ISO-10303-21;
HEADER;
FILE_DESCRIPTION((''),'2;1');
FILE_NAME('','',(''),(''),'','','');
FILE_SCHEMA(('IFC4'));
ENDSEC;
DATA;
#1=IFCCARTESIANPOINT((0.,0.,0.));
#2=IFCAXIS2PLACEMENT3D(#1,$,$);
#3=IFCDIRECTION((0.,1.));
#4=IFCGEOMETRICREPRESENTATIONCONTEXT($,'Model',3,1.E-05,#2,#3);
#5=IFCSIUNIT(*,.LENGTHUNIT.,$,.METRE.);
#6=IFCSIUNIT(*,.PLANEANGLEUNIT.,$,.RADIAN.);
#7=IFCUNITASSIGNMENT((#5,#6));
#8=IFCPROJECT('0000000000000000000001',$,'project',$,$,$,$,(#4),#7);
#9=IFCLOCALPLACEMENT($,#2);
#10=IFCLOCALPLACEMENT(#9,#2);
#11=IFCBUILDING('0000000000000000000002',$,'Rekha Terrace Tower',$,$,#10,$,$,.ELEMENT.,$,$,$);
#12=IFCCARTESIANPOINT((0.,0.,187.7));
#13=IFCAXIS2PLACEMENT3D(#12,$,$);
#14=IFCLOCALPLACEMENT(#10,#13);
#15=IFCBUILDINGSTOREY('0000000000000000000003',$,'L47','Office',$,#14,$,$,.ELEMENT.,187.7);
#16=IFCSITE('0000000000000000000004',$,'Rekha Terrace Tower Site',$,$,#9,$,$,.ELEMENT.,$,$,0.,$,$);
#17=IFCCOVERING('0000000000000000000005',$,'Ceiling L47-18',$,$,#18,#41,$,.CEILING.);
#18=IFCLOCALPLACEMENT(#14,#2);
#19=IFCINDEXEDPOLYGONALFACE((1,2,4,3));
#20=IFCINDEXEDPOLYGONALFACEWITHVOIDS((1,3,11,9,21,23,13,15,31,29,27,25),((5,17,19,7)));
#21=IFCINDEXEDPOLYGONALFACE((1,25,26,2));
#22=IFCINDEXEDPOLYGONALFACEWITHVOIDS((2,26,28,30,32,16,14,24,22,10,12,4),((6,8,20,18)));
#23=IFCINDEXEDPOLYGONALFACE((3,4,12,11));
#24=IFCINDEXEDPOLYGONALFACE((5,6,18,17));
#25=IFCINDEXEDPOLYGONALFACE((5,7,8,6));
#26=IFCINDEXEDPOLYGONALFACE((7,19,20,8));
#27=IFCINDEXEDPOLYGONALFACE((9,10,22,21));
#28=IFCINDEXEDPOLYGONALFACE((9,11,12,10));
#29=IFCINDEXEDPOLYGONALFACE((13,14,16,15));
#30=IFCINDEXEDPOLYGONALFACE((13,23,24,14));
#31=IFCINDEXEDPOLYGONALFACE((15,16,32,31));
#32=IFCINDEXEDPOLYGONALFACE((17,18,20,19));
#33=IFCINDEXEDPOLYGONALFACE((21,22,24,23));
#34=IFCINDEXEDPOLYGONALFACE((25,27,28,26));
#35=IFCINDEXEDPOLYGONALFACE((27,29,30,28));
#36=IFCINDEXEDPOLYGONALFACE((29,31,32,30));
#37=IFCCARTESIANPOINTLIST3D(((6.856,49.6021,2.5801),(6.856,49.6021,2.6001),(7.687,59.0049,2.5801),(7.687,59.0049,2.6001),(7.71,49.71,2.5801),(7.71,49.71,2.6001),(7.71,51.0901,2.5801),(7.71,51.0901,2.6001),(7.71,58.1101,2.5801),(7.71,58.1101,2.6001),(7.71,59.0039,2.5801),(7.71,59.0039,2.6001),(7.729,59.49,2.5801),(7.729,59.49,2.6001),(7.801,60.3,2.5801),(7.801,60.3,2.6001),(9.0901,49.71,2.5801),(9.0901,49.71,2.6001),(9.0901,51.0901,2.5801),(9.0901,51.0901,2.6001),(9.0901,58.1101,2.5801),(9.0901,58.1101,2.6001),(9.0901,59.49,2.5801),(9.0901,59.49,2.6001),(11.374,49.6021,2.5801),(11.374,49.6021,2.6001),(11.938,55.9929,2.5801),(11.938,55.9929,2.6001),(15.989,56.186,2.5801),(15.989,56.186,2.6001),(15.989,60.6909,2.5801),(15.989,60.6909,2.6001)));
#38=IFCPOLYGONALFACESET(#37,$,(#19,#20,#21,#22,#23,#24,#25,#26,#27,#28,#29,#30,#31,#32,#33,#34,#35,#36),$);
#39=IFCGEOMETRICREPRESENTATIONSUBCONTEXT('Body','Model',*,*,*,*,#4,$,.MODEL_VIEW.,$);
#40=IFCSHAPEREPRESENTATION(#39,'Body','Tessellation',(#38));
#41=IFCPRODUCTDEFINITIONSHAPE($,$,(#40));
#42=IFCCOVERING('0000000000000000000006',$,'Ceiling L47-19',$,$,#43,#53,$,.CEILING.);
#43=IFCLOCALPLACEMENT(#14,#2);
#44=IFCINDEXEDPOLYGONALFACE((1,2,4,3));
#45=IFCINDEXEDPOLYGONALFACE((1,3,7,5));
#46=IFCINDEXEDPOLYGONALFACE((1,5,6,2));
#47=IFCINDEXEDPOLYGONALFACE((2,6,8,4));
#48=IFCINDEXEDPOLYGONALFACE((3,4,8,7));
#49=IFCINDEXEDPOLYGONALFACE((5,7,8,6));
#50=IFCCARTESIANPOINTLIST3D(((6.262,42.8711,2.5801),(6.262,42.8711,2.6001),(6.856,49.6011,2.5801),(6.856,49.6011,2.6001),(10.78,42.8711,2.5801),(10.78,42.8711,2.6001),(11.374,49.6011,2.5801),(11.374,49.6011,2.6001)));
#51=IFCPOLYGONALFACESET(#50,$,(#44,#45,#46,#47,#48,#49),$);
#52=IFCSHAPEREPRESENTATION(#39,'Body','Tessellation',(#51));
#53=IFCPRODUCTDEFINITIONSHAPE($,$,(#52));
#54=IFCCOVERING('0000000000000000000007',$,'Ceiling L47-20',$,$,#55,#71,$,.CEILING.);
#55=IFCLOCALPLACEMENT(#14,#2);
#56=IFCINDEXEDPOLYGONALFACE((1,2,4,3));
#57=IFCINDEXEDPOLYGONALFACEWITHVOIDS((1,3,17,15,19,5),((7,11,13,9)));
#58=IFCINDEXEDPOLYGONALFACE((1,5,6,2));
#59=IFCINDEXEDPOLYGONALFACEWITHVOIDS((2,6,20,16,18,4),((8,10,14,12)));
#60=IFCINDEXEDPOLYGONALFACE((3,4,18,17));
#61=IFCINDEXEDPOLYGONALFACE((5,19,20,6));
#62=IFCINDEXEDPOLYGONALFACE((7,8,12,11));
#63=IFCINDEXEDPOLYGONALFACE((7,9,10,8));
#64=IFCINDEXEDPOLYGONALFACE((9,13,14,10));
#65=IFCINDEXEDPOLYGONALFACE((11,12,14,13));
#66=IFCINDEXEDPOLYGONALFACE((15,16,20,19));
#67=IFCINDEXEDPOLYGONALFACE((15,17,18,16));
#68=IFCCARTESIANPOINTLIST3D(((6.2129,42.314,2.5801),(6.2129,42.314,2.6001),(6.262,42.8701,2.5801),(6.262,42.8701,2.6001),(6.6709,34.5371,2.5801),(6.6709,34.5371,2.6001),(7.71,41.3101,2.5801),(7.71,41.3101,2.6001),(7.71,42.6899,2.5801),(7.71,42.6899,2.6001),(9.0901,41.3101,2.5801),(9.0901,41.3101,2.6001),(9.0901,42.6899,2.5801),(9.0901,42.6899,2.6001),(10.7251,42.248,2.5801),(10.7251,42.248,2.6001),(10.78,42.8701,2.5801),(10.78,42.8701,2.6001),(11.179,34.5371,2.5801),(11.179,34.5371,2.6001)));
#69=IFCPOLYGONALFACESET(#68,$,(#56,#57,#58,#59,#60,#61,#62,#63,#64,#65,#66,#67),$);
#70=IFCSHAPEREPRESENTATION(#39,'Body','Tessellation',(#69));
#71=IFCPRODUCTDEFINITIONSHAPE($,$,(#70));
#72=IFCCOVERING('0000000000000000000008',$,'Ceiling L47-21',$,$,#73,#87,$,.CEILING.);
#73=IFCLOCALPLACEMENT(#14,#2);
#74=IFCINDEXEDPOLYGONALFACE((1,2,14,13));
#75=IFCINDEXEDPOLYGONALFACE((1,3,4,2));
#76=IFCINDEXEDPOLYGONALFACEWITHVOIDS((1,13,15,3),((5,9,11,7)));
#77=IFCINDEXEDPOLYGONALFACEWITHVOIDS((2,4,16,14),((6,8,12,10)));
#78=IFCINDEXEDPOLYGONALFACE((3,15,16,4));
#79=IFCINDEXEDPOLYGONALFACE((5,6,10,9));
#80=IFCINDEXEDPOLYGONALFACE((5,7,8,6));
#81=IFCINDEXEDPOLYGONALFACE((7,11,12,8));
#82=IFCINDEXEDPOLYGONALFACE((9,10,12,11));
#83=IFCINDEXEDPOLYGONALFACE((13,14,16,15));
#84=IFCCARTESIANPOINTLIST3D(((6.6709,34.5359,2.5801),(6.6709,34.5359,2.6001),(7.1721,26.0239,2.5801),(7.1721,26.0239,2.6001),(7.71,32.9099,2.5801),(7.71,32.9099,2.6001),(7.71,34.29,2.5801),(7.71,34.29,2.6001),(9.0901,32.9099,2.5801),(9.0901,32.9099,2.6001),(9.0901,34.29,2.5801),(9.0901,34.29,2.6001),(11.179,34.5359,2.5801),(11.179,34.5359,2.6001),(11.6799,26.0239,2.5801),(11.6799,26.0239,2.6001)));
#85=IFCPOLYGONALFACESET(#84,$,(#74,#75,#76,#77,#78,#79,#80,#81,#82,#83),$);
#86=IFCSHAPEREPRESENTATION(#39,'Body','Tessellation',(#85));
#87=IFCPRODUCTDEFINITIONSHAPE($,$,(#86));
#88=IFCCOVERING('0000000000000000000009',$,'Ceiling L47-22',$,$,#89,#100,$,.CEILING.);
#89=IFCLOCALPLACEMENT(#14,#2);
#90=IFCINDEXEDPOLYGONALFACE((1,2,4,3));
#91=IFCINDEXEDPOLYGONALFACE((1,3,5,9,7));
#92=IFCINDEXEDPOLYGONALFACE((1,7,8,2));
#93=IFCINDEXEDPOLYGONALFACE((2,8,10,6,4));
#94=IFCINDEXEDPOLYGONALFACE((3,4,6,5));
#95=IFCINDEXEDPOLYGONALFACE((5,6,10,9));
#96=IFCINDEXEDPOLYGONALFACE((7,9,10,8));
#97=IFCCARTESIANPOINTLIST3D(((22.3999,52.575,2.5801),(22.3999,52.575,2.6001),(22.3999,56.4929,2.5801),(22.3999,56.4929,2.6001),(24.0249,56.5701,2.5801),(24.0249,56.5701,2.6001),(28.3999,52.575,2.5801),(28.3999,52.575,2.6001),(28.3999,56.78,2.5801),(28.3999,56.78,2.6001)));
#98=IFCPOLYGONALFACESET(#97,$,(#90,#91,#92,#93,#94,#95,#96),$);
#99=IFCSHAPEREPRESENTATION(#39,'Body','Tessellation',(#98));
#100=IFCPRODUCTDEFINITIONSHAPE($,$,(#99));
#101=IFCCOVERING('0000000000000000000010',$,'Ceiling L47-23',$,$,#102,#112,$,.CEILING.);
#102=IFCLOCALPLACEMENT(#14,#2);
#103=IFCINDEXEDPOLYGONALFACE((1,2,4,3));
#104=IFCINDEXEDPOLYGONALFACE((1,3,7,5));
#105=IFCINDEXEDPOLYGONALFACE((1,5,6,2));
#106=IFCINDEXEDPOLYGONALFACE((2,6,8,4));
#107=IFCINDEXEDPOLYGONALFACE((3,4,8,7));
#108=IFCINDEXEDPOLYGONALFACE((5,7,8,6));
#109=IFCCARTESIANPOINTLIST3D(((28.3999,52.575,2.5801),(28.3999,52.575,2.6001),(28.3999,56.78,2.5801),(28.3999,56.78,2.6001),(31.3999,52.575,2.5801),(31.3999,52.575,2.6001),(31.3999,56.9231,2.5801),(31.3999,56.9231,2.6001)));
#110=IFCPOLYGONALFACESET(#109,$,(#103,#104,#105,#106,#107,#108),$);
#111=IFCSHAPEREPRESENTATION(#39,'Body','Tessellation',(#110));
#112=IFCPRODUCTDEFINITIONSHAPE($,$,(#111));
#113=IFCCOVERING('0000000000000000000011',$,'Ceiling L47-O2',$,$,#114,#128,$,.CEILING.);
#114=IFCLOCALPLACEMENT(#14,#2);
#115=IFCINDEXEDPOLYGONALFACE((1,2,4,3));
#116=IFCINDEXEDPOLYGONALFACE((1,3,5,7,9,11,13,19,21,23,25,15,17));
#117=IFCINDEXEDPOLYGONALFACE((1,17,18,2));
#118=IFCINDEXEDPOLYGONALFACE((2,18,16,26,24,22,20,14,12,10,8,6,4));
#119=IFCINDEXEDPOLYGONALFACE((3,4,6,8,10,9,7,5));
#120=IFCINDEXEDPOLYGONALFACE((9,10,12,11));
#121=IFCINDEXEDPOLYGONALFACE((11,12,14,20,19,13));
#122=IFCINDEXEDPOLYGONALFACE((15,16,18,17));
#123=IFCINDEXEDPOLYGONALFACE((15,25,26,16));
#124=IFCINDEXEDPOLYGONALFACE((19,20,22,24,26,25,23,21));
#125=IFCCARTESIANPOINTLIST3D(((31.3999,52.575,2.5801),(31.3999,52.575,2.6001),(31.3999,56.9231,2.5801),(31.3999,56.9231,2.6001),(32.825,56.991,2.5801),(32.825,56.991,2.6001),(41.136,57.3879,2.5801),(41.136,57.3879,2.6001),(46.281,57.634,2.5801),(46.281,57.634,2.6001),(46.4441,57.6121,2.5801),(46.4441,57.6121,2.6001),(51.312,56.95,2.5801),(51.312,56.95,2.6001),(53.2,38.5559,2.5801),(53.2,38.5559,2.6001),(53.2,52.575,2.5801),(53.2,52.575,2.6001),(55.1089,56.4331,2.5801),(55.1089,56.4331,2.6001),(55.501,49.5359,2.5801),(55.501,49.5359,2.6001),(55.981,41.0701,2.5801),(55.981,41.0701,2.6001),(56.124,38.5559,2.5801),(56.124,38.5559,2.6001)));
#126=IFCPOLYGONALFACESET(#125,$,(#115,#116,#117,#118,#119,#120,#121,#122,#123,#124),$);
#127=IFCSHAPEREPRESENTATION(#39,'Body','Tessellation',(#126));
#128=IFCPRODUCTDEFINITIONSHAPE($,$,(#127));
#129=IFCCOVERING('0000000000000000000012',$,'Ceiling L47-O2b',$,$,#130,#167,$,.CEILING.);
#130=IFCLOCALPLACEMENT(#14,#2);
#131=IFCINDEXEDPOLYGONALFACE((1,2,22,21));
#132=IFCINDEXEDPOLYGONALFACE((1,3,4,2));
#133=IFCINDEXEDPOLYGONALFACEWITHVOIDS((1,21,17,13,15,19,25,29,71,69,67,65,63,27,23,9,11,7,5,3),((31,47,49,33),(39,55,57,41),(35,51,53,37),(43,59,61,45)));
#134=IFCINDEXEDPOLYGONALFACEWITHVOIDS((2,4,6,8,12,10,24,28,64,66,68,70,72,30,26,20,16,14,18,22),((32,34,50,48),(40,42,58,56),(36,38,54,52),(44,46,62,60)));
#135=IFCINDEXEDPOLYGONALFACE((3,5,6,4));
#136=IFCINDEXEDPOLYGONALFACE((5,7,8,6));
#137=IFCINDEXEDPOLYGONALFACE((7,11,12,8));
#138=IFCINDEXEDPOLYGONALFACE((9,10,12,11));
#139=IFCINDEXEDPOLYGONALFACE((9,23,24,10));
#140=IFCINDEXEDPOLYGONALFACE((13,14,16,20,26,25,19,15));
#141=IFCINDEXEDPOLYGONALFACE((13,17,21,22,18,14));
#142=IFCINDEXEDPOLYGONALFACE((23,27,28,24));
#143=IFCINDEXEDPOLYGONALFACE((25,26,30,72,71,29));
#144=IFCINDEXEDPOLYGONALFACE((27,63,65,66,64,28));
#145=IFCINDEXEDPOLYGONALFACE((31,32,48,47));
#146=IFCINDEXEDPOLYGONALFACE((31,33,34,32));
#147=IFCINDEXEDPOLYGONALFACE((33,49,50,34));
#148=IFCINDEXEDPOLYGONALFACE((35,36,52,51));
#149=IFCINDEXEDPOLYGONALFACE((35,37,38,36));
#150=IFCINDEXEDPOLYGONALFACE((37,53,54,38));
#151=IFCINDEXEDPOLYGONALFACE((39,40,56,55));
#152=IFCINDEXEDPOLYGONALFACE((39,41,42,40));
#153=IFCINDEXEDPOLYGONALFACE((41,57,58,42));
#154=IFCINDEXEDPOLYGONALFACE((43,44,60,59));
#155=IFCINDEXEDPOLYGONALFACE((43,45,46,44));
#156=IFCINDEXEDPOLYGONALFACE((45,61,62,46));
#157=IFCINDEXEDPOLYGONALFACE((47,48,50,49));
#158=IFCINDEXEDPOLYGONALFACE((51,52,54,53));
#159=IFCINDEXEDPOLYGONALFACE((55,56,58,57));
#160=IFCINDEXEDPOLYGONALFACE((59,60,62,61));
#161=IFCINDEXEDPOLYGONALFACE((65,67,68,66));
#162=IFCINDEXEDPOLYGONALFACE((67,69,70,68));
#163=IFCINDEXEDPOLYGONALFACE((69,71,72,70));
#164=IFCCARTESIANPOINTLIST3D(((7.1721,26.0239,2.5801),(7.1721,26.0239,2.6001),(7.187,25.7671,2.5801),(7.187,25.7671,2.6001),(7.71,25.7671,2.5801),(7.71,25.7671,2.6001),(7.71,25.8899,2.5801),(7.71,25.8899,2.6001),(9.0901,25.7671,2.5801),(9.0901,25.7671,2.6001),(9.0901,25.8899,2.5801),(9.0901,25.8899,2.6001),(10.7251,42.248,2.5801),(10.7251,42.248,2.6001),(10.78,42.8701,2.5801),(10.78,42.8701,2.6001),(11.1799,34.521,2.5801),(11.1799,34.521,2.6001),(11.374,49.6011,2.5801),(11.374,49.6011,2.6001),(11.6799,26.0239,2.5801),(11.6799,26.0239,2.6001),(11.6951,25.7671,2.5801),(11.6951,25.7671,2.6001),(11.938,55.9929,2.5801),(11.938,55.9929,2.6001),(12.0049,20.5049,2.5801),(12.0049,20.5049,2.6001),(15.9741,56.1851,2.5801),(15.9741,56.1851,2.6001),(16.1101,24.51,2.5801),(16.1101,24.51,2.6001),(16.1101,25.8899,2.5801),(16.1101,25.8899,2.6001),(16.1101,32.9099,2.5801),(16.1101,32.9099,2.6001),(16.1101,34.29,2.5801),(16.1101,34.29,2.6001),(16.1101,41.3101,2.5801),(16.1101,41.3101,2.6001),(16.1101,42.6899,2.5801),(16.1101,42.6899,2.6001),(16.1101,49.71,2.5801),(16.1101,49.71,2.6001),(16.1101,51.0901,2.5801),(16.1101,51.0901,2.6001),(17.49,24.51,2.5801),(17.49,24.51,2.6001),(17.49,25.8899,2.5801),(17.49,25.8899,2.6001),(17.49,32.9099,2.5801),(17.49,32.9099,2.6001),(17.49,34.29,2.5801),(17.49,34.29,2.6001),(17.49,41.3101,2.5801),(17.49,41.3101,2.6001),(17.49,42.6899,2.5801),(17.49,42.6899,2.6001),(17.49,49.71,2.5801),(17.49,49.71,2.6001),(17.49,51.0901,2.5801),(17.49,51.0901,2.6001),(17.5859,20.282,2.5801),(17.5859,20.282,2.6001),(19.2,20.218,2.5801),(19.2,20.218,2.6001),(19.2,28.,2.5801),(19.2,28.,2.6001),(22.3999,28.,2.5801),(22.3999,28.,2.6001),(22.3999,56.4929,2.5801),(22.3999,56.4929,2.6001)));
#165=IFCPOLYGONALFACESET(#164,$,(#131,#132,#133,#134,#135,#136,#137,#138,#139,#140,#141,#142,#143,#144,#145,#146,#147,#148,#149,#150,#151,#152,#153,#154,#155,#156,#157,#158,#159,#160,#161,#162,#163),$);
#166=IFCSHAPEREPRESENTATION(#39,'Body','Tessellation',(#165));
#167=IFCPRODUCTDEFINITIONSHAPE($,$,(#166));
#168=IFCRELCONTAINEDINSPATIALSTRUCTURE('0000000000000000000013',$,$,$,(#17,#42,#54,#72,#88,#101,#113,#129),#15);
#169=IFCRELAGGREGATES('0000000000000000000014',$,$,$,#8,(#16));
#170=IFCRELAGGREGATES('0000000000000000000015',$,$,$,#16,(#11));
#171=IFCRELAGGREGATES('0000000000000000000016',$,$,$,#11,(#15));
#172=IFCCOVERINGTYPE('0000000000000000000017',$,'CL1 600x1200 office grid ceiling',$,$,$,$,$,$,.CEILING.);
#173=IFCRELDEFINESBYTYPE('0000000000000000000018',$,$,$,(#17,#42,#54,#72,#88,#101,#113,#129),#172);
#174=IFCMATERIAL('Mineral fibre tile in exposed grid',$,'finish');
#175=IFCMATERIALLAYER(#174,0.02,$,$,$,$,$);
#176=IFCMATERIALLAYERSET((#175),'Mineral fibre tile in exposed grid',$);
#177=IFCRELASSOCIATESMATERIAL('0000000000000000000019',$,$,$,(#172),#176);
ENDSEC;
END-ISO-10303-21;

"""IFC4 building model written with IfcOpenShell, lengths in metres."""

from ifc_helpers import new_model, si_unit, direction, frame, origin, place, context, subcontext, project, spatial, polyline, outline, extrude, material, layer, layer_set, type_object, element, save


model = new_model("IFC4")

# Units and contexts
model_context = context("Model", 3, precision=1e-05, world=origin(), true_north=direction((0.0, 1.0)))
body_context = subcontext(model_context, "Body", "Model", "MODEL_VIEW")
ifc_project = project(units=[si_unit("LENGTHUNIT", "METRE"), si_unit("PLANEANGLEUNIT", "RADIAN")], contexts=[model_context])

# Site, building, storey
site_placement = place(None, origin())
site = spatial("IfcSite", under=ifc_project, at=site_placement, Name="Rekha Terrace Tower Site", CompositionType="ELEMENT", RefElevation=0.0)
building_placement = place(site_placement, origin())
building = spatial("IfcBuilding", under=site, at=building_placement, Name="Rekha Terrace Tower", CompositionType="ELEMENT")
storey_placement = place(building_placement, frame((0.0, 0.0, 187.7)))
storey = spatial("IfcBuildingStorey", under=building, at=storey_placement, Name="L47", Description="Office", CompositionType="ELEMENT", Elevation=187.7)

# Coverings
ifc_material_1 = material(Name="Mineral fibre tile in exposed grid", Category="finish")
ifc_layer_1 = layer(ifc_material_1, 0.02)
ifc_layer_set_1 = layer_set([ifc_layer_1], Name="Mineral fibre tile in exposed grid")
covering_type_1 = type_object("IfcCoveringType", Name="CL1 600x1200 office grid ceiling", PredefinedType="CEILING", material=ifc_layer_set_1)
covering_1_placement = place(storey_placement, frame((0.0, 0.0, 2.5801)))
element("IfcCovering", 1, at=covering_1_placement, inside=storey, type_object=covering_type_1, Name="Ceiling L47-18", PredefinedType="CEILING", context=body_context, shape_type="SweptSolid", body=[
    extrude(outline(polyline([(7.687, 59.0049), (6.856, 49.6021), (11.374, 49.6021), (11.938, 55.9929), (15.989, 56.186), (15.989, 60.6909), (7.801, 60.3), (7.729, 59.49), (9.0901, 59.49), (9.0901, 58.1101), (7.71, 58.1101), (7.71, 59.0039), (7.687, 59.0049)]), holes=[polyline([(9.0901, 49.71), (7.71, 49.71), (7.71, 51.0901), (9.0901, 51.0901), (9.0901, 49.71)])]), origin(), (0.0, 0.0, 1.0), 0.02),
])
covering_2_placement = place(storey_placement, frame((0.0, 0.0, 2.5801)))
element("IfcCovering", 2, at=covering_2_placement, inside=storey, type_object=covering_type_1, Name="Ceiling L47-19", PredefinedType="CEILING", context=body_context, shape_type="SweptSolid", body=[
    extrude(outline(polyline([(11.374, 49.6011), (6.856, 49.6011), (6.262, 42.8711), (10.78, 42.8711), (11.374, 49.6011)])), origin(), (0.0, 0.0, 1.0), 0.02),
])
covering_3_placement = place(storey_placement, frame((0.0, 0.0, 2.5801)))
element("IfcCovering", 3, at=covering_3_placement, inside=storey, type_object=covering_type_1, Name="Ceiling L47-20", PredefinedType="CEILING", context=body_context, shape_type="SweptSolid", body=[
    extrude(outline(polyline([(6.2129, 42.314), (6.6709, 34.5371), (11.179, 34.5371), (10.7251, 42.248), (10.78, 42.8701), (6.262, 42.8701), (6.2129, 42.314)]), holes=[polyline([(9.0901, 41.3101), (7.71, 41.3101), (7.71, 42.6899), (9.0901, 42.6899), (9.0901, 41.3101)])]), origin(), (0.0, 0.0, 1.0), 0.02),
])
covering_4_placement = place(storey_placement, frame((0.0, 0.0, 2.5801)))
element("IfcCovering", 4, at=covering_4_placement, inside=storey, type_object=covering_type_1, Name="Ceiling L47-21", PredefinedType="CEILING", context=body_context, shape_type="SweptSolid", body=[
    extrude(outline(polyline([(11.179, 34.5359), (6.6709, 34.5359), (7.1721, 26.0239), (11.6799, 26.0239), (11.179, 34.5359)]), holes=[polyline([(9.0901, 34.29), (9.0901, 32.9099), (7.71, 32.9099), (7.71, 34.29), (9.0901, 34.29)])]), origin(), (0.0, 0.0, 1.0), 0.02),
])
covering_5_placement = place(storey_placement, frame((0.0, 0.0, 2.5801)))
element("IfcCovering", 5, at=covering_5_placement, inside=storey, type_object=covering_type_1, Name="Ceiling L47-22", PredefinedType="CEILING", context=body_context, shape_type="SweptSolid", body=[
    extrude(outline(polyline([(22.3999, 52.575), (28.3999, 52.575), (28.3999, 56.78), (24.0249, 56.5701), (22.3999, 56.4929), (22.3999, 52.575)])), origin(), (0.0, 0.0, 1.0), 0.02),
])
covering_6_placement = place(storey_placement, frame((0.0, 0.0, 2.5801)))
element("IfcCovering", 6, at=covering_6_placement, inside=storey, type_object=covering_type_1, Name="Ceiling L47-23", PredefinedType="CEILING", context=body_context, shape_type="SweptSolid", body=[
    extrude(outline(polyline([(31.3999, 52.575), (31.3999, 56.9231), (28.3999, 56.78), (28.3999, 52.575), (31.3999, 52.575)])), origin(), (0.0, 0.0, 1.0), 0.02),
])
covering_7_placement = place(storey_placement, frame((0.0, 0.0, 2.5801)))
element("IfcCovering", 7, at=covering_7_placement, inside=storey, type_object=covering_type_1, Name="Ceiling L47-O2", PredefinedType="CEILING", context=body_context, shape_type="SweptSolid", body=[
    extrude(outline(polyline([(41.136, 57.3879), (32.825, 56.991), (31.3999, 56.9231), (31.3999, 52.575), (53.2, 52.575), (53.2, 38.5559), (56.124, 38.5559), (55.981, 41.0701), (55.501, 49.5359), (55.1089, 56.4331), (51.312, 56.95), (46.4441, 57.6121), (46.281, 57.634), (41.136, 57.3879)])), origin(), (0.0, 0.0, 1.0), 0.02),
])
covering_8_placement = place(storey_placement, frame((0.0, 0.0, 2.5801)))
element("IfcCovering", 8, at=covering_8_placement, inside=storey, type_object=covering_type_1, Name="Ceiling L47-O2b", PredefinedType="CEILING", context=body_context, shape_type="SweptSolid", body=[
    extrude(outline(polyline([(11.374, 49.6011), (10.78, 42.8701), (10.7251, 42.248), (11.1799, 34.521), (11.6799, 26.0239), (7.1721, 26.0239), (7.187, 25.7671), (7.71, 25.7671), (7.71, 25.8899), (9.0901, 25.8899), (9.0901, 25.7671), (11.6951, 25.7671), (12.0049, 20.5049), (17.5859, 20.282), (19.2, 20.218), (19.2, 28.0), (22.3999, 28.0), (22.3999, 56.4929), (15.9741, 56.1851), (11.938, 55.9929), (11.374, 49.6011)]), holes=[polyline([(17.49, 24.51), (16.1101, 24.51), (16.1101, 25.8899), (17.49, 25.8899), (17.49, 24.51)]), polyline([(17.49, 32.9099), (16.1101, 32.9099), (16.1101, 34.29), (17.49, 34.29), (17.49, 32.9099)]), polyline([(17.49, 42.6899), (17.49, 41.3101), (16.1101, 41.3101), (16.1101, 42.6899), (17.49, 42.6899)]), polyline([(17.49, 51.0901), (17.49, 49.71), (16.1101, 49.71), (16.1101, 51.0901), (17.49, 51.0901)])]), origin(), (0.0, 0.0, 1.0), 0.02),
])

save(model, "model.ifc")
